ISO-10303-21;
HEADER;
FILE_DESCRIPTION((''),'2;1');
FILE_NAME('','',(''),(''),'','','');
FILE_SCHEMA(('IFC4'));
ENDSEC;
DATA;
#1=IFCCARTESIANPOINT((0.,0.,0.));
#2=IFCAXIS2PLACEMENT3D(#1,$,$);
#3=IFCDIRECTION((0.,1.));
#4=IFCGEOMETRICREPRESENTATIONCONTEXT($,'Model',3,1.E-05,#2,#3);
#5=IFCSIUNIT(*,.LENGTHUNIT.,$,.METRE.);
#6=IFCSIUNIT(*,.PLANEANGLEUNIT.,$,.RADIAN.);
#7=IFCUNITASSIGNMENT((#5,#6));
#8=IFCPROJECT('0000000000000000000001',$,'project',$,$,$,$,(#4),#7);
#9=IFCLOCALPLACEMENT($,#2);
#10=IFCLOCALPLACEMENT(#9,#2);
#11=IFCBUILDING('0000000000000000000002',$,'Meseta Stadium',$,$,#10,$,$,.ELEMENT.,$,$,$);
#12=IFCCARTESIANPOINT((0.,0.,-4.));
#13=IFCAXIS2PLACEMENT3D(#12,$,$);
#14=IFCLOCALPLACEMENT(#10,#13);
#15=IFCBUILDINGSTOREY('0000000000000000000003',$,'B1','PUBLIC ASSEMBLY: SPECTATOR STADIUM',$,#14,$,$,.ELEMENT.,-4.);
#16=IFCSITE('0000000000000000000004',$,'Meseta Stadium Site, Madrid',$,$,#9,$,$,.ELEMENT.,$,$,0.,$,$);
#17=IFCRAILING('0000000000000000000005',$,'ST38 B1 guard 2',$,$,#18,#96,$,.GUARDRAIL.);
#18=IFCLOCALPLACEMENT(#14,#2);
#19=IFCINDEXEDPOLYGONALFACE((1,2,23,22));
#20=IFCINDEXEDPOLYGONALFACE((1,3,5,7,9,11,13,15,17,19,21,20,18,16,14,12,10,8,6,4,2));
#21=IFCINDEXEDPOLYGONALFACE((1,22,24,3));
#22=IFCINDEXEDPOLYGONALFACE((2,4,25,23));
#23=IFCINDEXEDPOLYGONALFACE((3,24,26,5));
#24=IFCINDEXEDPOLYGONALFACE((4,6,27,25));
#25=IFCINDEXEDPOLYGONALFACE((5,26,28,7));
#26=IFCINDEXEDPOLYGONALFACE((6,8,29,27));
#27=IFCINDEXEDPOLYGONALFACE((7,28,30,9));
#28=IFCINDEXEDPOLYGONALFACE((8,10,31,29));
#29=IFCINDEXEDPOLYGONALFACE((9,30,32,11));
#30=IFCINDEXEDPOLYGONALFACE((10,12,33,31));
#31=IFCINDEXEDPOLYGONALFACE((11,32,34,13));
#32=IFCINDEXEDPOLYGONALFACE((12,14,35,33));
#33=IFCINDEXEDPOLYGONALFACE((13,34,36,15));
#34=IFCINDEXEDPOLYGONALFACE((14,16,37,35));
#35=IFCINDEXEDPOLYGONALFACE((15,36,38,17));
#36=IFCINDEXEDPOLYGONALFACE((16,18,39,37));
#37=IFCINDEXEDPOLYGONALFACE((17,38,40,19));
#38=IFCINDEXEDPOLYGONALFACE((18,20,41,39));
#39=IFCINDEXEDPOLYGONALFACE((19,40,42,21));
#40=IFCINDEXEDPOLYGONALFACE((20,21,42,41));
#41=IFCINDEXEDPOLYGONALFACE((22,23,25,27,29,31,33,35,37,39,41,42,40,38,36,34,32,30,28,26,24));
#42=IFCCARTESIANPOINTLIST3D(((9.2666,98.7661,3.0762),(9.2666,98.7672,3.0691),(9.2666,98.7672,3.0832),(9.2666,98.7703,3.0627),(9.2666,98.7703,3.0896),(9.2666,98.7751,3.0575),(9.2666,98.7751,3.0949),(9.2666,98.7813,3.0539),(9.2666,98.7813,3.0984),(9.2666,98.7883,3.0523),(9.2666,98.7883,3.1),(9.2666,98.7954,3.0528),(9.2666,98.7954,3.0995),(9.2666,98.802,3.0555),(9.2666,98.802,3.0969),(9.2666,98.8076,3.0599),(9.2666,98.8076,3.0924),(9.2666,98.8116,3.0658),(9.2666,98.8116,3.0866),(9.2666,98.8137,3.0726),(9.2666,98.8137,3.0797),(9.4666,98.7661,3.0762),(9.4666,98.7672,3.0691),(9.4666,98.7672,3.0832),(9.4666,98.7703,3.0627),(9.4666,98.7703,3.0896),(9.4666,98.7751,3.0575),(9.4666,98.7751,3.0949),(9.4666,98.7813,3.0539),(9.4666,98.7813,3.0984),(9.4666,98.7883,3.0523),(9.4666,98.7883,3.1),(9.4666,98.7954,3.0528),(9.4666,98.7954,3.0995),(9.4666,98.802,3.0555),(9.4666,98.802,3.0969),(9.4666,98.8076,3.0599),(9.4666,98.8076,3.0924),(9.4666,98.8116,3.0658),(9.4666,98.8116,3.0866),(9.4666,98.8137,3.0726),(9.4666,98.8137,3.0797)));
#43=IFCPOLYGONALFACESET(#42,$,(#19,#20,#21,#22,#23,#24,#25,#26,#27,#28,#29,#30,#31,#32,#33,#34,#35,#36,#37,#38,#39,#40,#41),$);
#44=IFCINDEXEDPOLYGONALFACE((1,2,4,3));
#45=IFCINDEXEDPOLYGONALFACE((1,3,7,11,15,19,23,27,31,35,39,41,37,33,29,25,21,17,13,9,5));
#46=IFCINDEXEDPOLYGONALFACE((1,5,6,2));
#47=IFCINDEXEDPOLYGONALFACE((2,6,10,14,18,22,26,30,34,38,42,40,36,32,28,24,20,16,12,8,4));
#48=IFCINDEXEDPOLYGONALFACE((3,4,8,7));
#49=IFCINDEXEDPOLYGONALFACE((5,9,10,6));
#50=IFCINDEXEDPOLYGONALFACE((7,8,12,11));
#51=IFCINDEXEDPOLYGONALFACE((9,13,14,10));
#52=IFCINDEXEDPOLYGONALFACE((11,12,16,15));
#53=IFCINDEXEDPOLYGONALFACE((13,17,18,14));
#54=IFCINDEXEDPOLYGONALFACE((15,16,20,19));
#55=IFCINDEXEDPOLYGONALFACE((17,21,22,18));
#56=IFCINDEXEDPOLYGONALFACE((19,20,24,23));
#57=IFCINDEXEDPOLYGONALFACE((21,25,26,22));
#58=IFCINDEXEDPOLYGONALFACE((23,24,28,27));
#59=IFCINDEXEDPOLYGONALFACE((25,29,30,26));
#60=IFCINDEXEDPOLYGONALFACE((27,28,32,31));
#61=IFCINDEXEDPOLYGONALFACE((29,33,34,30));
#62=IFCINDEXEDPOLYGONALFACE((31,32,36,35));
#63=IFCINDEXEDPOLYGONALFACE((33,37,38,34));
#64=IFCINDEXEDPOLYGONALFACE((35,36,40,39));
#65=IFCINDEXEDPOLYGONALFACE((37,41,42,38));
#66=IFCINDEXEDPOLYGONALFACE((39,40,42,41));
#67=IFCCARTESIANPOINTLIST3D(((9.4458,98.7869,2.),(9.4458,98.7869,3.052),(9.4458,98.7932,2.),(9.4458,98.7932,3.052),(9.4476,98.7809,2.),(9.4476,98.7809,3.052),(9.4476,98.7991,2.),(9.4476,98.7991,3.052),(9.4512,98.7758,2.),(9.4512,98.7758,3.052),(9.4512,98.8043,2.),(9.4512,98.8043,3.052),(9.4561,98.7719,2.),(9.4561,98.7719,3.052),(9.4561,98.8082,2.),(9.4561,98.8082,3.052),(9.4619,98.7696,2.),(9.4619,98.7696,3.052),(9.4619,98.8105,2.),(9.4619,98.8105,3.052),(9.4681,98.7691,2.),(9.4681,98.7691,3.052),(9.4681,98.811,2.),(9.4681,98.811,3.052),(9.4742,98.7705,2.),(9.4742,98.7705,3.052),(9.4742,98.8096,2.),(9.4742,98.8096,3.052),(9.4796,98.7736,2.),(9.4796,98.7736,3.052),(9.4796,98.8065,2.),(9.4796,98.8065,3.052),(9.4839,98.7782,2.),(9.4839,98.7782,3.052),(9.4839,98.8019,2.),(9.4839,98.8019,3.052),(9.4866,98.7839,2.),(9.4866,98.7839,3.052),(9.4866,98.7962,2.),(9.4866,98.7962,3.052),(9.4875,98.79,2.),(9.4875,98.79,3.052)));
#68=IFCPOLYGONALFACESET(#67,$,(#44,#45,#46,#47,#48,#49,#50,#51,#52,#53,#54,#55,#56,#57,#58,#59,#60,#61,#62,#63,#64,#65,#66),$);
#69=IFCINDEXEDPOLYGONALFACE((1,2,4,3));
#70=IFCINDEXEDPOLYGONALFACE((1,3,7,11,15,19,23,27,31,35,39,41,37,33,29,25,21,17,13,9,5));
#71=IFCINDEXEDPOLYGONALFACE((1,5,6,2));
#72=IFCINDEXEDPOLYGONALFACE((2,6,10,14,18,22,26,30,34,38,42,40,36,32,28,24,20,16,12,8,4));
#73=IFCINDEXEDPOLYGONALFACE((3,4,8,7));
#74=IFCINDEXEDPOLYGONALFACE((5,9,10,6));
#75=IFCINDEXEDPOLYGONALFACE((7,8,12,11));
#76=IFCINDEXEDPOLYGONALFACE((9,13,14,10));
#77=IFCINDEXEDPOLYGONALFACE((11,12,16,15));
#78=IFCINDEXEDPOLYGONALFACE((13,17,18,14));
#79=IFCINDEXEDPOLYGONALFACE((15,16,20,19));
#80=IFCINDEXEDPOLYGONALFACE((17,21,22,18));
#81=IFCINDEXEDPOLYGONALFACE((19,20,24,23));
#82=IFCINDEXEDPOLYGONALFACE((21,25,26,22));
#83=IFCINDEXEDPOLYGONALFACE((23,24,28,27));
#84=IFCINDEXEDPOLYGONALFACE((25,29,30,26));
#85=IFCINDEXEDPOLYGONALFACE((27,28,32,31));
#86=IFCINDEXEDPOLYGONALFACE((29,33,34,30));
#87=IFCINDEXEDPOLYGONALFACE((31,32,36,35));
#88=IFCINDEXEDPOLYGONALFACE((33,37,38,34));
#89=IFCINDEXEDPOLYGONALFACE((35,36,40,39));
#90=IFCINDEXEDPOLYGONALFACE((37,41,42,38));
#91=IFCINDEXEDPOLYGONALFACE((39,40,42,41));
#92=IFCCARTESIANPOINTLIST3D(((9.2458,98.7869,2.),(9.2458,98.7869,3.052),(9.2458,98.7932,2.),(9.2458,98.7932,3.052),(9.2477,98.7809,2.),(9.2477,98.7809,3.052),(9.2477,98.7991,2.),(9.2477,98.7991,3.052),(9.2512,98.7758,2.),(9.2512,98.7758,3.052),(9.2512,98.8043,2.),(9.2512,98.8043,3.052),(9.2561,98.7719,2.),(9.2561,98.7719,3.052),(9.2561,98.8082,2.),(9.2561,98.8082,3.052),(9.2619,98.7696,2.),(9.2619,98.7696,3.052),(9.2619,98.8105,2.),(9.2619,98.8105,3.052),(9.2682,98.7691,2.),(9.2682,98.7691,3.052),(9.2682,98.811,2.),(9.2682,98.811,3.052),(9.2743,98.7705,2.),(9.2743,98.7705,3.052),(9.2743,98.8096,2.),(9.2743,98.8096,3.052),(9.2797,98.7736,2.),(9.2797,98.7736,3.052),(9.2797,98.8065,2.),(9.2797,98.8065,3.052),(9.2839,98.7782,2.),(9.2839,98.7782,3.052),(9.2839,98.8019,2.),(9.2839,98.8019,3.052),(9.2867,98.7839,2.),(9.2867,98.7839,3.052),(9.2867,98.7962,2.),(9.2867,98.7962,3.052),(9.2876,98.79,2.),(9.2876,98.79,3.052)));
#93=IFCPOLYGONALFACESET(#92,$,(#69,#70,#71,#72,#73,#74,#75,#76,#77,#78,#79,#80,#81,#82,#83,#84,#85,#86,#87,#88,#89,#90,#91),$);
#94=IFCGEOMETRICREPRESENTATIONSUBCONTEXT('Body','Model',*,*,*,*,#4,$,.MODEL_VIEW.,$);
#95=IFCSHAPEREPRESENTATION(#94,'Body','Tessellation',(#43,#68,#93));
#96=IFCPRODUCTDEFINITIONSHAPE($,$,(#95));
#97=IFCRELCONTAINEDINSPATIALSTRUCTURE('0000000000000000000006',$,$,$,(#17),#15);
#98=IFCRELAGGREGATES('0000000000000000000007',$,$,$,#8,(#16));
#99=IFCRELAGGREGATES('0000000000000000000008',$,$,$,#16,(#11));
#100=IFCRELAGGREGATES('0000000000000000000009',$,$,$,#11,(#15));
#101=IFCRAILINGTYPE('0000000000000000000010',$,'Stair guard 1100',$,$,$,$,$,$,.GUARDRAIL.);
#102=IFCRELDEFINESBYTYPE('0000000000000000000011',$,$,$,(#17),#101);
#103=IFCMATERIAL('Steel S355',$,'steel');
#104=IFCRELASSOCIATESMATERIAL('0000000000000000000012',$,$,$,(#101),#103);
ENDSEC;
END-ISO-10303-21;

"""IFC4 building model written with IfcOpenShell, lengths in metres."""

from ifc_helpers import new_model, si_unit, direction, frame, origin, origin_2d, place, context, subcontext, project, spatial, circle, extrude, material, type_object, element, save


model = new_model("IFC4")

# Units and contexts
model_context = context("Model", 3, precision=1e-05, world=origin(), true_north=direction((0.0, 1.0)))
body_context = subcontext(model_context, "Body", "Model", "MODEL_VIEW")
ifc_project = project(units=[si_unit("LENGTHUNIT", "METRE"), si_unit("PLANEANGLEUNIT", "RADIAN")], contexts=[model_context])

# Site, building, storey
site_placement = place(None, origin())
site = spatial("IfcSite", under=ifc_project, at=site_placement, Name="Meseta Stadium Site, Madrid", CompositionType="ELEMENT", RefElevation=0.0)
building_placement = place(site_placement, origin())
building = spatial("IfcBuilding", under=site, at=building_placement, Name="Meseta Stadium", CompositionType="ELEMENT")
storey_placement = place(building_placement, frame((0.0, 0.0, -4.0)))
storey = spatial("IfcBuildingStorey", under=building, at=storey_placement, Name="B1", Description="PUBLIC ASSEMBLY: SPECTATOR STADIUM", CompositionType="ELEMENT", Elevation=-4.0)

# Railing
ifc_material_1 = material(Name="Steel S355", Category="steel")
railing_type_1 = type_object("IfcRailingType", Name="Stair guard 1100", PredefinedType="GUARDRAIL", material=ifc_material_1)
railing_1_placement = place(storey_placement, frame((9.4666, 98.79, 2.0)))
element("IfcRailing", 1, at=railing_1_placement, inside=storey, type_object=railing_type_1, Name="ST38 B1 guard 2", PredefinedType="GUARDRAIL", context=body_context, shape_type="SweptSolid", body=[
    extrude(circle(Radius=0.0239, at=origin_2d()), frame((0.0, 0.0, 1.0762), z_axis=(-1.0, 0.0, 0.0), x_axis=(0.0, -1.0, 0.0)), (0.0, 0.0, 1.0), 0.2),
    extrude(circle(Radius=0.021, at=origin_2d()), origin(), (0.0, 0.0, 1.0), 1.052),
    extrude(circle(Radius=0.021, at=origin_2d()), frame((-0.2, 0.0, 0.0)), (0.0, 0.0, 1.0), 1.052),
])

save(model, "model.ifc")
